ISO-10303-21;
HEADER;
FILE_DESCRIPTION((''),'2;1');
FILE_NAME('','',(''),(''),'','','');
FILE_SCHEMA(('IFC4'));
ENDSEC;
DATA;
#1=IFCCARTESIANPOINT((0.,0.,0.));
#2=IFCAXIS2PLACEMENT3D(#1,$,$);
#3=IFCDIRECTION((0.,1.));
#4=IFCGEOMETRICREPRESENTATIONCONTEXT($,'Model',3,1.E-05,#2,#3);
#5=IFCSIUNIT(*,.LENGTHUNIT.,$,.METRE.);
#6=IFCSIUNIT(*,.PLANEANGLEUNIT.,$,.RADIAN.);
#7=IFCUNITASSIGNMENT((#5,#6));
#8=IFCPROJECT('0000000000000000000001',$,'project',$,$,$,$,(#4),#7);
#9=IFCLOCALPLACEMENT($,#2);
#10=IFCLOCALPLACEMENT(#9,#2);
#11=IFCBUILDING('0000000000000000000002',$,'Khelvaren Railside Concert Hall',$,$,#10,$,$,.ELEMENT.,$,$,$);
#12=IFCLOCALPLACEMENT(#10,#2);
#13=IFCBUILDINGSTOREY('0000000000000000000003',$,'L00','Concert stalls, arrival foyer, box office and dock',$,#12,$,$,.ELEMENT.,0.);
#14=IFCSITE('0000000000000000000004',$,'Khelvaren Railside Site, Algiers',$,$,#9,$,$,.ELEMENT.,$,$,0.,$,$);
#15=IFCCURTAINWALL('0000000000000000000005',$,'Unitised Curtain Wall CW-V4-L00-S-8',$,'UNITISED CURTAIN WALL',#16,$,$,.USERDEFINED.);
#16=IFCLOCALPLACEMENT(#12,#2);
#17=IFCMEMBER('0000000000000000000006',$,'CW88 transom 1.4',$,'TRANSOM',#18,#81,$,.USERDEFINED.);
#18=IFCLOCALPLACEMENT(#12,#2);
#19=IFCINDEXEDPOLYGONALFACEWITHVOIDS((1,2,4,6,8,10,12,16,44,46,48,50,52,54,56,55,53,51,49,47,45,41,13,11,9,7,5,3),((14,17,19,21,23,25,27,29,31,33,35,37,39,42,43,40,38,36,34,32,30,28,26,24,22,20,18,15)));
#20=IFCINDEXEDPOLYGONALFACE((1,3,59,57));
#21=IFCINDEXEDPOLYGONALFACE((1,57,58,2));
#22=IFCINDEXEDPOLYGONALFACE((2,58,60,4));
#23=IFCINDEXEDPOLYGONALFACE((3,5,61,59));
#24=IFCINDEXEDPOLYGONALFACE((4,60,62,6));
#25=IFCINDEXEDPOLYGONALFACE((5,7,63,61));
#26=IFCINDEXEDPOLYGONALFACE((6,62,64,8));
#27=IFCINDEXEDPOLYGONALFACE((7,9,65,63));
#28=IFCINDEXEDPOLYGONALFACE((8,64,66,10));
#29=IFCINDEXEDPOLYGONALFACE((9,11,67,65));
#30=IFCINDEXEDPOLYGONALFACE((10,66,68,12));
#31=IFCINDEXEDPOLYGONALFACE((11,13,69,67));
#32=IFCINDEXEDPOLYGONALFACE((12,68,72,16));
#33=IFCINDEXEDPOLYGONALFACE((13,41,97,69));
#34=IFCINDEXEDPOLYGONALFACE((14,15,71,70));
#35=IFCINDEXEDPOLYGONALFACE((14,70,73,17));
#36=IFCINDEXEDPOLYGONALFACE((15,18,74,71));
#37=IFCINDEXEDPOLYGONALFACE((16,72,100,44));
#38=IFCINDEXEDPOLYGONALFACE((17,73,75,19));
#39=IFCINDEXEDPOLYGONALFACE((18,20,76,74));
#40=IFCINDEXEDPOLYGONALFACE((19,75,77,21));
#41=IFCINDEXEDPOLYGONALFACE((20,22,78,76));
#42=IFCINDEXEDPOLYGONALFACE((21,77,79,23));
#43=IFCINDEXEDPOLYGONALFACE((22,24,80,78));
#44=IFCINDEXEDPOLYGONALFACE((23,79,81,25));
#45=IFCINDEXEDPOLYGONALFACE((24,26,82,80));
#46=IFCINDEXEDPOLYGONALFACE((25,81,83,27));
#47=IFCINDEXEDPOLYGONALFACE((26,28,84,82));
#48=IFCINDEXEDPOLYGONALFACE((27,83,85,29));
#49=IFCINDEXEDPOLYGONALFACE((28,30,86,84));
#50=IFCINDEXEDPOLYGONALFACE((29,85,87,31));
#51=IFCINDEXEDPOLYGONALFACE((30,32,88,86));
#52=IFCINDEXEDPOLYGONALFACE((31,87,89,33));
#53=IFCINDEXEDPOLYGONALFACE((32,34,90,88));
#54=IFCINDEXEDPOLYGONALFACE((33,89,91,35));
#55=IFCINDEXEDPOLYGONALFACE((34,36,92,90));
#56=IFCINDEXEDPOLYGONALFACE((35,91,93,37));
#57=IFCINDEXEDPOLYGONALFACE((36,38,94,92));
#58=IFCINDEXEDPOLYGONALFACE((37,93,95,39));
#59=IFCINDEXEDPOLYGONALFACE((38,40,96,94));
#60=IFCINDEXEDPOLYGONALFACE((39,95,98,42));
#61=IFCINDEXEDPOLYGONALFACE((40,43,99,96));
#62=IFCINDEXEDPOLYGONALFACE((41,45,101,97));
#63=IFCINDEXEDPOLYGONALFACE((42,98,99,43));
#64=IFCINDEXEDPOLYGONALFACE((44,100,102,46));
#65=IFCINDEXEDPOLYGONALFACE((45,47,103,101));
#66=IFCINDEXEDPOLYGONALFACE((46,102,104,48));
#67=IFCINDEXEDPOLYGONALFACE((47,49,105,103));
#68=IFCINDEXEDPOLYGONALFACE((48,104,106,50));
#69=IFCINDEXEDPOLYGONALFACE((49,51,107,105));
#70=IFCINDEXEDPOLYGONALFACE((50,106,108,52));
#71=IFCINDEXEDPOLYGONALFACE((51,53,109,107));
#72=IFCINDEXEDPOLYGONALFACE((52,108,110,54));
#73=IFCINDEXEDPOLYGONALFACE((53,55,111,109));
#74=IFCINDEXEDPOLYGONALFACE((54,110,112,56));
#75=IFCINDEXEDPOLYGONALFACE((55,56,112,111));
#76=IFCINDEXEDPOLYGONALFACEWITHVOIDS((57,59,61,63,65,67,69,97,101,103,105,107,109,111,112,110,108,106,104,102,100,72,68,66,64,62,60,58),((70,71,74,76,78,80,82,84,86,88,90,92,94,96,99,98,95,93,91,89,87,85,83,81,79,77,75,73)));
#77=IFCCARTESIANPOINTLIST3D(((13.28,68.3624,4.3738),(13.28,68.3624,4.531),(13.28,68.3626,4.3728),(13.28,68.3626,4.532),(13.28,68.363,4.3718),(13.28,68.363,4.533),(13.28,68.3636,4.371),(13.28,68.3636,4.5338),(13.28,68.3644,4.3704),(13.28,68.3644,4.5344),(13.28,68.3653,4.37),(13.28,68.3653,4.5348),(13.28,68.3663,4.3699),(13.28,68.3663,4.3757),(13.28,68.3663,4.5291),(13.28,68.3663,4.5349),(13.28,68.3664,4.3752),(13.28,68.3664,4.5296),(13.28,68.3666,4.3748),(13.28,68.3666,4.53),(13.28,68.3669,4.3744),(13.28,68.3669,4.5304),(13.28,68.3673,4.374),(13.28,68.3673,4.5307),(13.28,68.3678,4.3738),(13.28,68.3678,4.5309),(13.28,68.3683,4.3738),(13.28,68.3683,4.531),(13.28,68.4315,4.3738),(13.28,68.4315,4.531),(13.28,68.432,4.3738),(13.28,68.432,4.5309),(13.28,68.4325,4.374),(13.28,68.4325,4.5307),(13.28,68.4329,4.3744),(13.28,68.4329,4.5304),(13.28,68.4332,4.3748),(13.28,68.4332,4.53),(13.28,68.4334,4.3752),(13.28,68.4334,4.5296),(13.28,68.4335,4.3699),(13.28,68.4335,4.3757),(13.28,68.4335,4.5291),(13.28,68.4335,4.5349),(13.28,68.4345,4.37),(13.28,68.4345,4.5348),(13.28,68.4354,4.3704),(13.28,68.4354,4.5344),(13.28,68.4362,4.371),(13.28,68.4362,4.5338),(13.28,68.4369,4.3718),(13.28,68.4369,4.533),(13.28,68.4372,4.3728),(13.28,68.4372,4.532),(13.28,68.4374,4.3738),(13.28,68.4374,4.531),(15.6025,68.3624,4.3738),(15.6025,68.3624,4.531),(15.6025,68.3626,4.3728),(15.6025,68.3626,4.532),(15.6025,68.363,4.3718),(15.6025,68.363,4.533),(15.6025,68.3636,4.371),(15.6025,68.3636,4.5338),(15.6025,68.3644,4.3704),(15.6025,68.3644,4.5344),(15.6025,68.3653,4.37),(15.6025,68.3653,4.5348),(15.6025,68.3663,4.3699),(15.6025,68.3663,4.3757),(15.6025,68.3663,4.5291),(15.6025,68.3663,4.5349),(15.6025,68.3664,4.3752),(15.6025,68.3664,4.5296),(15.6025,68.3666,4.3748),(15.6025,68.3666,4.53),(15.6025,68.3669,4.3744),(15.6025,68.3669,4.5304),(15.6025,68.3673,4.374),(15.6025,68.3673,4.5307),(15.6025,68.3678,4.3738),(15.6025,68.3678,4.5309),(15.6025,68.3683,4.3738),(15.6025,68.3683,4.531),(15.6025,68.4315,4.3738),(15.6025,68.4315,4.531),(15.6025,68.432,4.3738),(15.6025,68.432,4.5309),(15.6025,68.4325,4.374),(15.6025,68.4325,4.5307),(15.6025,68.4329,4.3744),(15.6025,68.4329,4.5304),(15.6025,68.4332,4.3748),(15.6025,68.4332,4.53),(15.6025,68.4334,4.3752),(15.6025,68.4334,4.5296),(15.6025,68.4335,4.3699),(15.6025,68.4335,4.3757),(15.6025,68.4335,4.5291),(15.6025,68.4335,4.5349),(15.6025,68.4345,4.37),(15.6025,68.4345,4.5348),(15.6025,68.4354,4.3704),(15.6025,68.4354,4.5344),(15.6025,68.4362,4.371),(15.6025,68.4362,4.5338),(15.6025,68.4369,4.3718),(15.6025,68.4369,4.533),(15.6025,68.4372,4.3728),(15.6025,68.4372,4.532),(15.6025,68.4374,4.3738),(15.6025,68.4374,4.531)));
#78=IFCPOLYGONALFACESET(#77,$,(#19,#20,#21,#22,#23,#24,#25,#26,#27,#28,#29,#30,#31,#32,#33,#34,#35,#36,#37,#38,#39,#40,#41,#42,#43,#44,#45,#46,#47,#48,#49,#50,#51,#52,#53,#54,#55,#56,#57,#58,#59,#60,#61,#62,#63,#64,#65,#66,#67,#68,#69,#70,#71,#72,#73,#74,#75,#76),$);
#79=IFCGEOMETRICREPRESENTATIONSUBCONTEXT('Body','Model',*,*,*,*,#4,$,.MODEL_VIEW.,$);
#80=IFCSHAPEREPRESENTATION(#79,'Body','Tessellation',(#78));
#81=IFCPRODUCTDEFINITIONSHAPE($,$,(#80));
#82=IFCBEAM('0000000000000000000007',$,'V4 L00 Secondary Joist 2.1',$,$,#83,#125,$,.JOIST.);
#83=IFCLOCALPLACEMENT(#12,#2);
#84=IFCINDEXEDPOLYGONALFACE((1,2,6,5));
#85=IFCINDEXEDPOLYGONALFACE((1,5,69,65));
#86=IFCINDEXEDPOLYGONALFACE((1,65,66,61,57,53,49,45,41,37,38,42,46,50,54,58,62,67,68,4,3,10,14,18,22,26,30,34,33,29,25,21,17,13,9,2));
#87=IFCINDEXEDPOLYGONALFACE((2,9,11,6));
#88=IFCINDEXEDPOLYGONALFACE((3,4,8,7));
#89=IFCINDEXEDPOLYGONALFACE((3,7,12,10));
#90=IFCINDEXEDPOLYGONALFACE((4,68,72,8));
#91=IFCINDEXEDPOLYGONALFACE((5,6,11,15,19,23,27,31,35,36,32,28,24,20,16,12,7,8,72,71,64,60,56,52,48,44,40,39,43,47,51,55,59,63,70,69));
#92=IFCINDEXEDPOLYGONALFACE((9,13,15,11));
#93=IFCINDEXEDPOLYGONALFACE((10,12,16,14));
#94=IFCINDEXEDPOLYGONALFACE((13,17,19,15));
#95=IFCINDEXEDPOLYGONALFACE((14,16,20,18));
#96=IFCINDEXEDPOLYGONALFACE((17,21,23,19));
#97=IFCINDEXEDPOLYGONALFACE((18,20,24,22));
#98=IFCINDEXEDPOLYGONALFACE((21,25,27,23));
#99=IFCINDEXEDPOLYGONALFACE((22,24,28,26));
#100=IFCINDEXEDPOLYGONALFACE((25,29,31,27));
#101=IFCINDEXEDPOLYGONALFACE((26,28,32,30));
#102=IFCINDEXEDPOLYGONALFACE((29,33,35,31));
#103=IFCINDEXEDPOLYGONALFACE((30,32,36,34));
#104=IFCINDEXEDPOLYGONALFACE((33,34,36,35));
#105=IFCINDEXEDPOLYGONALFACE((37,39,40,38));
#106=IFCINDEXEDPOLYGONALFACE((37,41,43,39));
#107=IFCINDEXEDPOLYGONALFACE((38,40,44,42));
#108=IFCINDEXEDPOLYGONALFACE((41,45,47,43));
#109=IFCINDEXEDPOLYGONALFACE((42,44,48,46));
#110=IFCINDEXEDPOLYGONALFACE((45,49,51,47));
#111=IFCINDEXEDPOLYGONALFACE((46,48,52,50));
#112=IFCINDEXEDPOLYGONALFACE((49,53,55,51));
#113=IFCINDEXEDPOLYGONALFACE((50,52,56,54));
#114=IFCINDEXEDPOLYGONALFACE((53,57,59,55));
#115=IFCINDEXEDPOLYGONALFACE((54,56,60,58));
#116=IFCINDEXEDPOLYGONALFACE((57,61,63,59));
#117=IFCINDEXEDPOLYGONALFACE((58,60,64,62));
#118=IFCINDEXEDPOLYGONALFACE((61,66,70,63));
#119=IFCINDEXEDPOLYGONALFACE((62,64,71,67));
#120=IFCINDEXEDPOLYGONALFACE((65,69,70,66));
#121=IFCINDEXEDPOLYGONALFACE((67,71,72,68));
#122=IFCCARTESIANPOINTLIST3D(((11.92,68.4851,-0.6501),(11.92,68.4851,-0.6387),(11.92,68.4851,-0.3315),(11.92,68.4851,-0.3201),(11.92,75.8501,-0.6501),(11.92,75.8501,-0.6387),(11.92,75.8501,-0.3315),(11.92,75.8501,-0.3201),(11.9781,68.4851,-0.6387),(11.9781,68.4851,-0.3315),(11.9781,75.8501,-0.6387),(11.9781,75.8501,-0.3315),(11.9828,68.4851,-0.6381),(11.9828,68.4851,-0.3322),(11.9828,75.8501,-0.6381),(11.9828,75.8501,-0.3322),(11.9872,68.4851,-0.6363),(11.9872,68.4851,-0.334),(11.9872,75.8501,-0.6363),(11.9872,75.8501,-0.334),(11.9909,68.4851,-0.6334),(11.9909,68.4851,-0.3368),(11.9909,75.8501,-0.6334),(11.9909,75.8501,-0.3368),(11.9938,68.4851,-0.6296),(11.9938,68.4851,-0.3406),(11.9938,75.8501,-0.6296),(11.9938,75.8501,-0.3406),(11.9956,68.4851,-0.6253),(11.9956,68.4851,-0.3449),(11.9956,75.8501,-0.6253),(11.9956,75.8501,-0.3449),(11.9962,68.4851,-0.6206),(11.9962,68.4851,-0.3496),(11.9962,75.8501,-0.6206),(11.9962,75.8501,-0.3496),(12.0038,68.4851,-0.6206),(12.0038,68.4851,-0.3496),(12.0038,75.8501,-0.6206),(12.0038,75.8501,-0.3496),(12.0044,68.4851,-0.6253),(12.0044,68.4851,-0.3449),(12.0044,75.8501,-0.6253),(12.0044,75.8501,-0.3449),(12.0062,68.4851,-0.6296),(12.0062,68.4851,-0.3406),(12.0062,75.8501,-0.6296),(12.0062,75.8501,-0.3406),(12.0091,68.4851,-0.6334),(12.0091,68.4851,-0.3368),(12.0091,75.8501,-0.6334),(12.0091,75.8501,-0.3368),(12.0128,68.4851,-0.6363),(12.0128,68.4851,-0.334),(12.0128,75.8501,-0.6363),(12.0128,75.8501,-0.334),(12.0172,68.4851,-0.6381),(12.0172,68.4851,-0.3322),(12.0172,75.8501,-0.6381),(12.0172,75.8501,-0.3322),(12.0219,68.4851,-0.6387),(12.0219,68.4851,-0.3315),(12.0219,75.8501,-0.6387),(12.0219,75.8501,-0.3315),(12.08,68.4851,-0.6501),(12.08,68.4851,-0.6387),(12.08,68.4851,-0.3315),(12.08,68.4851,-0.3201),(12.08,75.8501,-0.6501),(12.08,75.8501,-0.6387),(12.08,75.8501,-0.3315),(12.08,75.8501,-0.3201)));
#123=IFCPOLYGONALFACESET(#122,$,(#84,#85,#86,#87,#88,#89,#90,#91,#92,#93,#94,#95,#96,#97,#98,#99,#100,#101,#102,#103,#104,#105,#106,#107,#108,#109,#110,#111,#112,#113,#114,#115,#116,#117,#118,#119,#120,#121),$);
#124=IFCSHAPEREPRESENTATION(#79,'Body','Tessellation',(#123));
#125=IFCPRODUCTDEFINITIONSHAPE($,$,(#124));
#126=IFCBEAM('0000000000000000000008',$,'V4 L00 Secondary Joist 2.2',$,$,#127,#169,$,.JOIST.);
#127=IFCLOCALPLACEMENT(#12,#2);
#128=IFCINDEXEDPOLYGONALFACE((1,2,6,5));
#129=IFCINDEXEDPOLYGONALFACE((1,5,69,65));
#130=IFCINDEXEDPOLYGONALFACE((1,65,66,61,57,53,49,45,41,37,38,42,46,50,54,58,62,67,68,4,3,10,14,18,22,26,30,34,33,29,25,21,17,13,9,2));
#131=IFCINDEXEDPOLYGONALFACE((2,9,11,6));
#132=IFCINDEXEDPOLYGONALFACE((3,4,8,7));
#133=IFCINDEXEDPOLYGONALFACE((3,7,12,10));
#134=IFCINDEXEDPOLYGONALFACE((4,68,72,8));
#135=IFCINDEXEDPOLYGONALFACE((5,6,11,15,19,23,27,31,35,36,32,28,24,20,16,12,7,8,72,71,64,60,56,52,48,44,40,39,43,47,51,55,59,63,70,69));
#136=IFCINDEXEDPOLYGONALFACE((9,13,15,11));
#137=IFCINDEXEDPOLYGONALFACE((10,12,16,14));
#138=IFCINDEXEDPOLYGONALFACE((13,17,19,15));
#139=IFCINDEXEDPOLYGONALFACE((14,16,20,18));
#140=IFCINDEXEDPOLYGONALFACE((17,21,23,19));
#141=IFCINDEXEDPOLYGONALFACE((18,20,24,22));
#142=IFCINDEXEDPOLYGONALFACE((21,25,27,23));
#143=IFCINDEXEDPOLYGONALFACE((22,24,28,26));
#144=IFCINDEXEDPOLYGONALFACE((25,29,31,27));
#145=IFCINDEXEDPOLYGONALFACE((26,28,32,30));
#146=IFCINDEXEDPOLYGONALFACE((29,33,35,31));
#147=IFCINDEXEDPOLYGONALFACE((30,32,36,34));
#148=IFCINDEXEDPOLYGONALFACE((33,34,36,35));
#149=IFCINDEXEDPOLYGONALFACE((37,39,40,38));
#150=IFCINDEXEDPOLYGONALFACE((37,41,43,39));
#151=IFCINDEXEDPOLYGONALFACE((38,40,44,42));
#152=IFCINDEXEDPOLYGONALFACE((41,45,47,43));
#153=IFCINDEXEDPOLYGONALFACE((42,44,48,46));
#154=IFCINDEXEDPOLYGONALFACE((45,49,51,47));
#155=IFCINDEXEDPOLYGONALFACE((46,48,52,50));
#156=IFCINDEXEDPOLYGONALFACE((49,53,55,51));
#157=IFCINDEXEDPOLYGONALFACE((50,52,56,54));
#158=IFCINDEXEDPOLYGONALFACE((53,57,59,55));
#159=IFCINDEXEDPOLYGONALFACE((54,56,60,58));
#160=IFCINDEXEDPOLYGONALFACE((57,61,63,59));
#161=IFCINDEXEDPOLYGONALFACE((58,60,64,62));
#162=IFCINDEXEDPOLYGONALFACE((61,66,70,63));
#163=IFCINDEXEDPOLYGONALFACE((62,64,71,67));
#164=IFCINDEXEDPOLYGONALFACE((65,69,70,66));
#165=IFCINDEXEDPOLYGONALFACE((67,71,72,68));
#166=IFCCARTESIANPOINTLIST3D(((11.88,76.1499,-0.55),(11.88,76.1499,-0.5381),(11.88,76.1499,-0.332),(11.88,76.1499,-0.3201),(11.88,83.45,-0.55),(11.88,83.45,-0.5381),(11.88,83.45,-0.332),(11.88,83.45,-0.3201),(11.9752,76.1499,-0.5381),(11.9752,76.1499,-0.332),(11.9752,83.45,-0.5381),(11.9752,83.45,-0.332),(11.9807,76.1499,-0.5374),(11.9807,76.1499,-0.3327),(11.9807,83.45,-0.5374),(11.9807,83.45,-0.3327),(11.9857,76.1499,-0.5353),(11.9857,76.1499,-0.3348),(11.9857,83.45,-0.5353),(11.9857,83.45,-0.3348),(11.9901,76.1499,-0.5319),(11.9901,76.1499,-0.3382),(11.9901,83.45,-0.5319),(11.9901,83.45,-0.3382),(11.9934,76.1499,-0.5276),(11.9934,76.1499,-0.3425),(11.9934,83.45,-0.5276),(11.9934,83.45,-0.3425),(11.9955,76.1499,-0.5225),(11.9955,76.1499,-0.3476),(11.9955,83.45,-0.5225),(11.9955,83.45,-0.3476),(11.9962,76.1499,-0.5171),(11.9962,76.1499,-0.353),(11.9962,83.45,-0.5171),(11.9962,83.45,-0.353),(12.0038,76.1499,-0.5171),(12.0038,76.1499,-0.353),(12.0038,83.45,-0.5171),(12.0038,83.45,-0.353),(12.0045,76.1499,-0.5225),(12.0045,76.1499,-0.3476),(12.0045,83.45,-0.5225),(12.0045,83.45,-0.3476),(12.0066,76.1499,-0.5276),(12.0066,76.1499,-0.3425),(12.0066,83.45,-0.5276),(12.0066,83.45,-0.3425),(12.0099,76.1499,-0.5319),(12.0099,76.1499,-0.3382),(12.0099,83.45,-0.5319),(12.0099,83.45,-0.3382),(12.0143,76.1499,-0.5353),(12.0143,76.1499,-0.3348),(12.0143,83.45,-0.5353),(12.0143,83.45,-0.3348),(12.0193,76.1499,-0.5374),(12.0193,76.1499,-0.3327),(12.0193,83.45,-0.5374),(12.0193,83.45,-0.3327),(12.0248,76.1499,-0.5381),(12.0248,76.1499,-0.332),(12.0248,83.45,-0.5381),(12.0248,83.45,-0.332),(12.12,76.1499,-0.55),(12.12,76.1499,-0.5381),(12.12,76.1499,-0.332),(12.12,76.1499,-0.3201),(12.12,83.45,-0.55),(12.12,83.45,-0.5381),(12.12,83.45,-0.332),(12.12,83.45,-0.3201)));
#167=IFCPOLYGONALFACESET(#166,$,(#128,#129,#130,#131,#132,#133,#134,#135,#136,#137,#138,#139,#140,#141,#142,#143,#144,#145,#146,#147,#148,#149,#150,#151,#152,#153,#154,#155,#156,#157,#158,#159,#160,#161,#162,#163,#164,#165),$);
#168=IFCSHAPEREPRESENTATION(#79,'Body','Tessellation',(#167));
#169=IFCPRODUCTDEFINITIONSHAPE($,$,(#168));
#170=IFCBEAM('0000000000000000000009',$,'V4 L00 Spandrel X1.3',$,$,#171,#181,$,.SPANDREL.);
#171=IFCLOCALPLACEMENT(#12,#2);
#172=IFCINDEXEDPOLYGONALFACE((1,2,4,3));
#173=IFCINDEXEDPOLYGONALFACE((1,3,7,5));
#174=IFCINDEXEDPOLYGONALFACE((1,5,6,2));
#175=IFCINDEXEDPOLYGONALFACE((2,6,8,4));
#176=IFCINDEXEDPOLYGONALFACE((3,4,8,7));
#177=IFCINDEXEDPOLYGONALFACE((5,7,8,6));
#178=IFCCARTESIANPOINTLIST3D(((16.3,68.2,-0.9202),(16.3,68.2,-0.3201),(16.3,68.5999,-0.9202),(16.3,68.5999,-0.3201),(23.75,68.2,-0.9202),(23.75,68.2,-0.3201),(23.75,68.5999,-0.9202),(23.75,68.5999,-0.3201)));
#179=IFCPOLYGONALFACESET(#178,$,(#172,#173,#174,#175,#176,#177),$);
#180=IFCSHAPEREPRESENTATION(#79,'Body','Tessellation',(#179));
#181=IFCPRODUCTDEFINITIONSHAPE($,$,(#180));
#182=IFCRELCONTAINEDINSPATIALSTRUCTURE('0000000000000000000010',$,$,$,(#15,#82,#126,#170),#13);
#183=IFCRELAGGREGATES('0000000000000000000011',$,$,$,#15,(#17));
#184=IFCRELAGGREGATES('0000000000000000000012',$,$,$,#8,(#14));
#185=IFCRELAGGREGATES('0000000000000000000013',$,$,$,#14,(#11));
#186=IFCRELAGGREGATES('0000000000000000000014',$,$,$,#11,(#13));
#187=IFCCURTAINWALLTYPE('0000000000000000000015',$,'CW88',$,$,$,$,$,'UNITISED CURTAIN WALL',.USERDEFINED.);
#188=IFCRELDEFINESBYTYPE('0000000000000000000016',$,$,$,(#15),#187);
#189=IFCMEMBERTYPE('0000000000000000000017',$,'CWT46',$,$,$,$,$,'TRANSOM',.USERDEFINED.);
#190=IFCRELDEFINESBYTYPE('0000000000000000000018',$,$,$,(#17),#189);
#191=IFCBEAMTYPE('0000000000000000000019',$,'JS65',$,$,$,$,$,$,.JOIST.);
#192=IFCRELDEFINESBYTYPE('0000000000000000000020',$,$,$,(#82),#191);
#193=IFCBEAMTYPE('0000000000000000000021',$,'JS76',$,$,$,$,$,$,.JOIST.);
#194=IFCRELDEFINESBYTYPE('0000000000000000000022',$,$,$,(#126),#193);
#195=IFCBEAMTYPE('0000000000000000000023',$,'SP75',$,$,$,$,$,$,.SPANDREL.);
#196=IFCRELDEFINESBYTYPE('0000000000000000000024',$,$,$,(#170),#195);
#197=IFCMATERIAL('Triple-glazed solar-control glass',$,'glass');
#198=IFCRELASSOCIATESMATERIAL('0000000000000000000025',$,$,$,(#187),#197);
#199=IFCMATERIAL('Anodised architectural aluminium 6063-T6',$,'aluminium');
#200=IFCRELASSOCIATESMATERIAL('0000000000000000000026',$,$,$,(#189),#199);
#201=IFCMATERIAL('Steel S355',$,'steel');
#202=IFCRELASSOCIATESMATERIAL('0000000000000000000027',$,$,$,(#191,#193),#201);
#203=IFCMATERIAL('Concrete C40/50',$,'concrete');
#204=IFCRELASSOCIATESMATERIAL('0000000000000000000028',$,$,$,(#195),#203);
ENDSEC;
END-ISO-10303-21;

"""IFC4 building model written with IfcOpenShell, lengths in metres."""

from ifc_helpers import new_model, si_unit, direction, frame, origin, origin_2d, place, context, subcontext, project, spatial, rectangle, hollow_rectangle, i_section, extrude, material, material_profile, profile_set, type_object, element, aggregate, save


model = new_model("IFC4")

# Units and contexts
model_context = context("Model", 3, precision=1e-05, world=origin(), true_north=direction((0.0, 1.0)))
body_context = subcontext(model_context, "Body", "Model", "MODEL_VIEW")
ifc_project = project(units=[si_unit("LENGTHUNIT", "METRE"), si_unit("PLANEANGLEUNIT", "RADIAN")], contexts=[model_context])

# Site, building, storey
site_placement = place(None, origin())
site = spatial("IfcSite", under=ifc_project, at=site_placement, Name="Khelvaren Railside Site, Algiers", CompositionType="ELEMENT", RefElevation=0.0)
building_placement = place(site_placement, origin())
building = spatial("IfcBuilding", under=site, at=building_placement, Name="Khelvaren Railside Concert Hall", CompositionType="ELEMENT")
storey_placement = place(building_placement, origin())
storey = spatial("IfcBuildingStorey", under=building, at=storey_placement, Name="L00", Description="Concert stalls, arrival foyer, box office and dock", CompositionType="ELEMENT", Elevation=0.0)

# Shared definitions
ifc_material_1 = material(Name="Steel S355", Category="steel")

# Curtain wall, member
ifc_material_2 = material(Name="Triple-glazed solar-control glass", Category="glass")
curtain_wall_type = type_object("IfcCurtainWallType", Name="CW88", ElementType="UNITISED CURTAIN WALL", PredefinedType="USERDEFINED", material=ifc_material_2)
curtain_wall_placement = place(storey_placement, origin())
curtain_wall = element("IfcCurtainWall", 1, at=curtain_wall_placement, inside=storey, type_object=curtain_wall_type, Name="Unitised Curtain Wall CW-V4-L00-S-8", ObjectType="UNITISED CURTAIN WALL", PredefinedType="USERDEFINED")
ifc_material_3 = material(Name="Anodised architectural aluminium 6063-T6", Category="aluminium")
ifc_material_profile_1 = material_profile(ifc_material_3, hollow_rectangle(XDim=0.075, YDim=0.165, WallThickness=0.0039, InnerFilletRadius=0.002, OuterFilletRadius=0.0039, at=origin_2d()), Name="CWT 75x165x4")
ifc_profile_set_1 = profile_set([ifc_material_profile_1], Name="Anodised architectural aluminium 6063-T6")
member_type_1 = type_object("IfcMemberType", Name="CWT46", ElementType="TRANSOM", PredefinedType="USERDEFINED", material=ifc_profile_set_1)
member_1_placement = place(storey_placement, frame((15.6025, 68.3999, 4.4524), z_axis=(-1.0, 0.0, 0.0), x_axis=(0.0, -1.0, 0.0)))
member_1 = element("IfcMember", 2, at=member_1_placement, type_object=member_type_1, Name="CW88 transom 1.4", ObjectType="TRANSOM", PredefinedType="USERDEFINED", context=body_context, shape_type="SweptSolid", body=[
    extrude(hollow_rectangle(XDim=0.075, YDim=0.165, WallThickness=0.0039, InnerFilletRadius=0.002, OuterFilletRadius=0.0039, at=origin_2d()), origin(), (0.0, 0.0, 1.0), 2.3225),
])

# Beams
ifc_material_profile_2 = material_profile(ifc_material_1, i_section(OverallWidth=0.1599, OverallDepth=0.3301, WebThickness=0.0076, FlangeThickness=0.0115, FilletRadius=0.0181, at=origin_2d()), Name="IPE 330")
ifc_profile_set_2 = profile_set([ifc_material_profile_2], Name="Steel S355")
beam_type_1 = type_object("IfcBeamType", Name="JS65", PredefinedType="JOIST", material=ifc_profile_set_2)
beam_1_placement = place(storey_placement, frame((12.0, 68.4851, -0.4851), z_axis=(0.0, 1.0, 0.0), x_axis=(-1.0, 0.0, 0.0)))
element("IfcBeam", 3, at=beam_1_placement, inside=storey, type_object=beam_type_1, Name="V4 L00 Secondary Joist 2.1", PredefinedType="JOIST", context=body_context, shape_type="SweptSolid", body=[
    extrude(i_section(OverallWidth=0.1599, OverallDepth=0.3301, WebThickness=0.0076, FlangeThickness=0.0115, FilletRadius=0.0181, at=origin_2d()), origin(), (0.0, 0.0, 1.0), 7.365),
])
ifc_material_profile_3 = material_profile(ifc_material_1, i_section(OverallWidth=0.24, OverallDepth=0.23, WebThickness=0.0076, FlangeThickness=0.012, FilletRadius=0.021, at=origin_2d()), Name="HEA 240")
ifc_profile_set_3 = profile_set([ifc_material_profile_3], Name="Steel S355")
beam_type_2 = type_object("IfcBeamType", Name="JS76", PredefinedType="JOIST", material=ifc_profile_set_3)
beam_2_placement = place(storey_placement, frame((12.0, 76.1499, -0.4351), z_axis=(0.0, 1.0, 0.0), x_axis=(-1.0, 0.0, 0.0)))
element("IfcBeam", 4, at=beam_2_placement, inside=storey, type_object=beam_type_2, Name="V4 L00 Secondary Joist 2.2", PredefinedType="JOIST", context=body_context, shape_type="SweptSolid", body=[
    extrude(i_section(OverallWidth=0.24, OverallDepth=0.23, WebThickness=0.0076, FlangeThickness=0.012, FilletRadius=0.021, at=origin_2d()), origin(), (0.0, 0.0, 1.0), 7.3),
])
ifc_material_4 = material(Name="Concrete C40/50", Category="concrete")
ifc_material_profile_4 = material_profile(ifc_material_4, rectangle(XDim=0.3999, YDim=0.6001, at=origin_2d()), Name="RCB 400x600")
ifc_profile_set_4 = profile_set([ifc_material_profile_4], Name="Concrete C40/50")
beam_type_3 = type_object("IfcBeamType", Name="SP75", PredefinedType="SPANDREL", material=ifc_profile_set_4)
beam_3_placement = place(storey_placement, frame((16.3, 68.3999, -0.6201), z_axis=(1.0, 0.0, 0.0), x_axis=(0.0, 1.0, 0.0)))
element("IfcBeam", 5, at=beam_3_placement, inside=storey, type_object=beam_type_3, Name="V4 L00 Spandrel X1.3", PredefinedType="SPANDREL", context=body_context, shape_type="SweptSolid", body=[
    extrude(rectangle(XDim=0.3999, YDim=0.6001, at=origin_2d()), origin(), (0.0, 0.0, 1.0), 7.45),
])

aggregate(curtain_wall, [member_1])

save(model, "model.ifc")
